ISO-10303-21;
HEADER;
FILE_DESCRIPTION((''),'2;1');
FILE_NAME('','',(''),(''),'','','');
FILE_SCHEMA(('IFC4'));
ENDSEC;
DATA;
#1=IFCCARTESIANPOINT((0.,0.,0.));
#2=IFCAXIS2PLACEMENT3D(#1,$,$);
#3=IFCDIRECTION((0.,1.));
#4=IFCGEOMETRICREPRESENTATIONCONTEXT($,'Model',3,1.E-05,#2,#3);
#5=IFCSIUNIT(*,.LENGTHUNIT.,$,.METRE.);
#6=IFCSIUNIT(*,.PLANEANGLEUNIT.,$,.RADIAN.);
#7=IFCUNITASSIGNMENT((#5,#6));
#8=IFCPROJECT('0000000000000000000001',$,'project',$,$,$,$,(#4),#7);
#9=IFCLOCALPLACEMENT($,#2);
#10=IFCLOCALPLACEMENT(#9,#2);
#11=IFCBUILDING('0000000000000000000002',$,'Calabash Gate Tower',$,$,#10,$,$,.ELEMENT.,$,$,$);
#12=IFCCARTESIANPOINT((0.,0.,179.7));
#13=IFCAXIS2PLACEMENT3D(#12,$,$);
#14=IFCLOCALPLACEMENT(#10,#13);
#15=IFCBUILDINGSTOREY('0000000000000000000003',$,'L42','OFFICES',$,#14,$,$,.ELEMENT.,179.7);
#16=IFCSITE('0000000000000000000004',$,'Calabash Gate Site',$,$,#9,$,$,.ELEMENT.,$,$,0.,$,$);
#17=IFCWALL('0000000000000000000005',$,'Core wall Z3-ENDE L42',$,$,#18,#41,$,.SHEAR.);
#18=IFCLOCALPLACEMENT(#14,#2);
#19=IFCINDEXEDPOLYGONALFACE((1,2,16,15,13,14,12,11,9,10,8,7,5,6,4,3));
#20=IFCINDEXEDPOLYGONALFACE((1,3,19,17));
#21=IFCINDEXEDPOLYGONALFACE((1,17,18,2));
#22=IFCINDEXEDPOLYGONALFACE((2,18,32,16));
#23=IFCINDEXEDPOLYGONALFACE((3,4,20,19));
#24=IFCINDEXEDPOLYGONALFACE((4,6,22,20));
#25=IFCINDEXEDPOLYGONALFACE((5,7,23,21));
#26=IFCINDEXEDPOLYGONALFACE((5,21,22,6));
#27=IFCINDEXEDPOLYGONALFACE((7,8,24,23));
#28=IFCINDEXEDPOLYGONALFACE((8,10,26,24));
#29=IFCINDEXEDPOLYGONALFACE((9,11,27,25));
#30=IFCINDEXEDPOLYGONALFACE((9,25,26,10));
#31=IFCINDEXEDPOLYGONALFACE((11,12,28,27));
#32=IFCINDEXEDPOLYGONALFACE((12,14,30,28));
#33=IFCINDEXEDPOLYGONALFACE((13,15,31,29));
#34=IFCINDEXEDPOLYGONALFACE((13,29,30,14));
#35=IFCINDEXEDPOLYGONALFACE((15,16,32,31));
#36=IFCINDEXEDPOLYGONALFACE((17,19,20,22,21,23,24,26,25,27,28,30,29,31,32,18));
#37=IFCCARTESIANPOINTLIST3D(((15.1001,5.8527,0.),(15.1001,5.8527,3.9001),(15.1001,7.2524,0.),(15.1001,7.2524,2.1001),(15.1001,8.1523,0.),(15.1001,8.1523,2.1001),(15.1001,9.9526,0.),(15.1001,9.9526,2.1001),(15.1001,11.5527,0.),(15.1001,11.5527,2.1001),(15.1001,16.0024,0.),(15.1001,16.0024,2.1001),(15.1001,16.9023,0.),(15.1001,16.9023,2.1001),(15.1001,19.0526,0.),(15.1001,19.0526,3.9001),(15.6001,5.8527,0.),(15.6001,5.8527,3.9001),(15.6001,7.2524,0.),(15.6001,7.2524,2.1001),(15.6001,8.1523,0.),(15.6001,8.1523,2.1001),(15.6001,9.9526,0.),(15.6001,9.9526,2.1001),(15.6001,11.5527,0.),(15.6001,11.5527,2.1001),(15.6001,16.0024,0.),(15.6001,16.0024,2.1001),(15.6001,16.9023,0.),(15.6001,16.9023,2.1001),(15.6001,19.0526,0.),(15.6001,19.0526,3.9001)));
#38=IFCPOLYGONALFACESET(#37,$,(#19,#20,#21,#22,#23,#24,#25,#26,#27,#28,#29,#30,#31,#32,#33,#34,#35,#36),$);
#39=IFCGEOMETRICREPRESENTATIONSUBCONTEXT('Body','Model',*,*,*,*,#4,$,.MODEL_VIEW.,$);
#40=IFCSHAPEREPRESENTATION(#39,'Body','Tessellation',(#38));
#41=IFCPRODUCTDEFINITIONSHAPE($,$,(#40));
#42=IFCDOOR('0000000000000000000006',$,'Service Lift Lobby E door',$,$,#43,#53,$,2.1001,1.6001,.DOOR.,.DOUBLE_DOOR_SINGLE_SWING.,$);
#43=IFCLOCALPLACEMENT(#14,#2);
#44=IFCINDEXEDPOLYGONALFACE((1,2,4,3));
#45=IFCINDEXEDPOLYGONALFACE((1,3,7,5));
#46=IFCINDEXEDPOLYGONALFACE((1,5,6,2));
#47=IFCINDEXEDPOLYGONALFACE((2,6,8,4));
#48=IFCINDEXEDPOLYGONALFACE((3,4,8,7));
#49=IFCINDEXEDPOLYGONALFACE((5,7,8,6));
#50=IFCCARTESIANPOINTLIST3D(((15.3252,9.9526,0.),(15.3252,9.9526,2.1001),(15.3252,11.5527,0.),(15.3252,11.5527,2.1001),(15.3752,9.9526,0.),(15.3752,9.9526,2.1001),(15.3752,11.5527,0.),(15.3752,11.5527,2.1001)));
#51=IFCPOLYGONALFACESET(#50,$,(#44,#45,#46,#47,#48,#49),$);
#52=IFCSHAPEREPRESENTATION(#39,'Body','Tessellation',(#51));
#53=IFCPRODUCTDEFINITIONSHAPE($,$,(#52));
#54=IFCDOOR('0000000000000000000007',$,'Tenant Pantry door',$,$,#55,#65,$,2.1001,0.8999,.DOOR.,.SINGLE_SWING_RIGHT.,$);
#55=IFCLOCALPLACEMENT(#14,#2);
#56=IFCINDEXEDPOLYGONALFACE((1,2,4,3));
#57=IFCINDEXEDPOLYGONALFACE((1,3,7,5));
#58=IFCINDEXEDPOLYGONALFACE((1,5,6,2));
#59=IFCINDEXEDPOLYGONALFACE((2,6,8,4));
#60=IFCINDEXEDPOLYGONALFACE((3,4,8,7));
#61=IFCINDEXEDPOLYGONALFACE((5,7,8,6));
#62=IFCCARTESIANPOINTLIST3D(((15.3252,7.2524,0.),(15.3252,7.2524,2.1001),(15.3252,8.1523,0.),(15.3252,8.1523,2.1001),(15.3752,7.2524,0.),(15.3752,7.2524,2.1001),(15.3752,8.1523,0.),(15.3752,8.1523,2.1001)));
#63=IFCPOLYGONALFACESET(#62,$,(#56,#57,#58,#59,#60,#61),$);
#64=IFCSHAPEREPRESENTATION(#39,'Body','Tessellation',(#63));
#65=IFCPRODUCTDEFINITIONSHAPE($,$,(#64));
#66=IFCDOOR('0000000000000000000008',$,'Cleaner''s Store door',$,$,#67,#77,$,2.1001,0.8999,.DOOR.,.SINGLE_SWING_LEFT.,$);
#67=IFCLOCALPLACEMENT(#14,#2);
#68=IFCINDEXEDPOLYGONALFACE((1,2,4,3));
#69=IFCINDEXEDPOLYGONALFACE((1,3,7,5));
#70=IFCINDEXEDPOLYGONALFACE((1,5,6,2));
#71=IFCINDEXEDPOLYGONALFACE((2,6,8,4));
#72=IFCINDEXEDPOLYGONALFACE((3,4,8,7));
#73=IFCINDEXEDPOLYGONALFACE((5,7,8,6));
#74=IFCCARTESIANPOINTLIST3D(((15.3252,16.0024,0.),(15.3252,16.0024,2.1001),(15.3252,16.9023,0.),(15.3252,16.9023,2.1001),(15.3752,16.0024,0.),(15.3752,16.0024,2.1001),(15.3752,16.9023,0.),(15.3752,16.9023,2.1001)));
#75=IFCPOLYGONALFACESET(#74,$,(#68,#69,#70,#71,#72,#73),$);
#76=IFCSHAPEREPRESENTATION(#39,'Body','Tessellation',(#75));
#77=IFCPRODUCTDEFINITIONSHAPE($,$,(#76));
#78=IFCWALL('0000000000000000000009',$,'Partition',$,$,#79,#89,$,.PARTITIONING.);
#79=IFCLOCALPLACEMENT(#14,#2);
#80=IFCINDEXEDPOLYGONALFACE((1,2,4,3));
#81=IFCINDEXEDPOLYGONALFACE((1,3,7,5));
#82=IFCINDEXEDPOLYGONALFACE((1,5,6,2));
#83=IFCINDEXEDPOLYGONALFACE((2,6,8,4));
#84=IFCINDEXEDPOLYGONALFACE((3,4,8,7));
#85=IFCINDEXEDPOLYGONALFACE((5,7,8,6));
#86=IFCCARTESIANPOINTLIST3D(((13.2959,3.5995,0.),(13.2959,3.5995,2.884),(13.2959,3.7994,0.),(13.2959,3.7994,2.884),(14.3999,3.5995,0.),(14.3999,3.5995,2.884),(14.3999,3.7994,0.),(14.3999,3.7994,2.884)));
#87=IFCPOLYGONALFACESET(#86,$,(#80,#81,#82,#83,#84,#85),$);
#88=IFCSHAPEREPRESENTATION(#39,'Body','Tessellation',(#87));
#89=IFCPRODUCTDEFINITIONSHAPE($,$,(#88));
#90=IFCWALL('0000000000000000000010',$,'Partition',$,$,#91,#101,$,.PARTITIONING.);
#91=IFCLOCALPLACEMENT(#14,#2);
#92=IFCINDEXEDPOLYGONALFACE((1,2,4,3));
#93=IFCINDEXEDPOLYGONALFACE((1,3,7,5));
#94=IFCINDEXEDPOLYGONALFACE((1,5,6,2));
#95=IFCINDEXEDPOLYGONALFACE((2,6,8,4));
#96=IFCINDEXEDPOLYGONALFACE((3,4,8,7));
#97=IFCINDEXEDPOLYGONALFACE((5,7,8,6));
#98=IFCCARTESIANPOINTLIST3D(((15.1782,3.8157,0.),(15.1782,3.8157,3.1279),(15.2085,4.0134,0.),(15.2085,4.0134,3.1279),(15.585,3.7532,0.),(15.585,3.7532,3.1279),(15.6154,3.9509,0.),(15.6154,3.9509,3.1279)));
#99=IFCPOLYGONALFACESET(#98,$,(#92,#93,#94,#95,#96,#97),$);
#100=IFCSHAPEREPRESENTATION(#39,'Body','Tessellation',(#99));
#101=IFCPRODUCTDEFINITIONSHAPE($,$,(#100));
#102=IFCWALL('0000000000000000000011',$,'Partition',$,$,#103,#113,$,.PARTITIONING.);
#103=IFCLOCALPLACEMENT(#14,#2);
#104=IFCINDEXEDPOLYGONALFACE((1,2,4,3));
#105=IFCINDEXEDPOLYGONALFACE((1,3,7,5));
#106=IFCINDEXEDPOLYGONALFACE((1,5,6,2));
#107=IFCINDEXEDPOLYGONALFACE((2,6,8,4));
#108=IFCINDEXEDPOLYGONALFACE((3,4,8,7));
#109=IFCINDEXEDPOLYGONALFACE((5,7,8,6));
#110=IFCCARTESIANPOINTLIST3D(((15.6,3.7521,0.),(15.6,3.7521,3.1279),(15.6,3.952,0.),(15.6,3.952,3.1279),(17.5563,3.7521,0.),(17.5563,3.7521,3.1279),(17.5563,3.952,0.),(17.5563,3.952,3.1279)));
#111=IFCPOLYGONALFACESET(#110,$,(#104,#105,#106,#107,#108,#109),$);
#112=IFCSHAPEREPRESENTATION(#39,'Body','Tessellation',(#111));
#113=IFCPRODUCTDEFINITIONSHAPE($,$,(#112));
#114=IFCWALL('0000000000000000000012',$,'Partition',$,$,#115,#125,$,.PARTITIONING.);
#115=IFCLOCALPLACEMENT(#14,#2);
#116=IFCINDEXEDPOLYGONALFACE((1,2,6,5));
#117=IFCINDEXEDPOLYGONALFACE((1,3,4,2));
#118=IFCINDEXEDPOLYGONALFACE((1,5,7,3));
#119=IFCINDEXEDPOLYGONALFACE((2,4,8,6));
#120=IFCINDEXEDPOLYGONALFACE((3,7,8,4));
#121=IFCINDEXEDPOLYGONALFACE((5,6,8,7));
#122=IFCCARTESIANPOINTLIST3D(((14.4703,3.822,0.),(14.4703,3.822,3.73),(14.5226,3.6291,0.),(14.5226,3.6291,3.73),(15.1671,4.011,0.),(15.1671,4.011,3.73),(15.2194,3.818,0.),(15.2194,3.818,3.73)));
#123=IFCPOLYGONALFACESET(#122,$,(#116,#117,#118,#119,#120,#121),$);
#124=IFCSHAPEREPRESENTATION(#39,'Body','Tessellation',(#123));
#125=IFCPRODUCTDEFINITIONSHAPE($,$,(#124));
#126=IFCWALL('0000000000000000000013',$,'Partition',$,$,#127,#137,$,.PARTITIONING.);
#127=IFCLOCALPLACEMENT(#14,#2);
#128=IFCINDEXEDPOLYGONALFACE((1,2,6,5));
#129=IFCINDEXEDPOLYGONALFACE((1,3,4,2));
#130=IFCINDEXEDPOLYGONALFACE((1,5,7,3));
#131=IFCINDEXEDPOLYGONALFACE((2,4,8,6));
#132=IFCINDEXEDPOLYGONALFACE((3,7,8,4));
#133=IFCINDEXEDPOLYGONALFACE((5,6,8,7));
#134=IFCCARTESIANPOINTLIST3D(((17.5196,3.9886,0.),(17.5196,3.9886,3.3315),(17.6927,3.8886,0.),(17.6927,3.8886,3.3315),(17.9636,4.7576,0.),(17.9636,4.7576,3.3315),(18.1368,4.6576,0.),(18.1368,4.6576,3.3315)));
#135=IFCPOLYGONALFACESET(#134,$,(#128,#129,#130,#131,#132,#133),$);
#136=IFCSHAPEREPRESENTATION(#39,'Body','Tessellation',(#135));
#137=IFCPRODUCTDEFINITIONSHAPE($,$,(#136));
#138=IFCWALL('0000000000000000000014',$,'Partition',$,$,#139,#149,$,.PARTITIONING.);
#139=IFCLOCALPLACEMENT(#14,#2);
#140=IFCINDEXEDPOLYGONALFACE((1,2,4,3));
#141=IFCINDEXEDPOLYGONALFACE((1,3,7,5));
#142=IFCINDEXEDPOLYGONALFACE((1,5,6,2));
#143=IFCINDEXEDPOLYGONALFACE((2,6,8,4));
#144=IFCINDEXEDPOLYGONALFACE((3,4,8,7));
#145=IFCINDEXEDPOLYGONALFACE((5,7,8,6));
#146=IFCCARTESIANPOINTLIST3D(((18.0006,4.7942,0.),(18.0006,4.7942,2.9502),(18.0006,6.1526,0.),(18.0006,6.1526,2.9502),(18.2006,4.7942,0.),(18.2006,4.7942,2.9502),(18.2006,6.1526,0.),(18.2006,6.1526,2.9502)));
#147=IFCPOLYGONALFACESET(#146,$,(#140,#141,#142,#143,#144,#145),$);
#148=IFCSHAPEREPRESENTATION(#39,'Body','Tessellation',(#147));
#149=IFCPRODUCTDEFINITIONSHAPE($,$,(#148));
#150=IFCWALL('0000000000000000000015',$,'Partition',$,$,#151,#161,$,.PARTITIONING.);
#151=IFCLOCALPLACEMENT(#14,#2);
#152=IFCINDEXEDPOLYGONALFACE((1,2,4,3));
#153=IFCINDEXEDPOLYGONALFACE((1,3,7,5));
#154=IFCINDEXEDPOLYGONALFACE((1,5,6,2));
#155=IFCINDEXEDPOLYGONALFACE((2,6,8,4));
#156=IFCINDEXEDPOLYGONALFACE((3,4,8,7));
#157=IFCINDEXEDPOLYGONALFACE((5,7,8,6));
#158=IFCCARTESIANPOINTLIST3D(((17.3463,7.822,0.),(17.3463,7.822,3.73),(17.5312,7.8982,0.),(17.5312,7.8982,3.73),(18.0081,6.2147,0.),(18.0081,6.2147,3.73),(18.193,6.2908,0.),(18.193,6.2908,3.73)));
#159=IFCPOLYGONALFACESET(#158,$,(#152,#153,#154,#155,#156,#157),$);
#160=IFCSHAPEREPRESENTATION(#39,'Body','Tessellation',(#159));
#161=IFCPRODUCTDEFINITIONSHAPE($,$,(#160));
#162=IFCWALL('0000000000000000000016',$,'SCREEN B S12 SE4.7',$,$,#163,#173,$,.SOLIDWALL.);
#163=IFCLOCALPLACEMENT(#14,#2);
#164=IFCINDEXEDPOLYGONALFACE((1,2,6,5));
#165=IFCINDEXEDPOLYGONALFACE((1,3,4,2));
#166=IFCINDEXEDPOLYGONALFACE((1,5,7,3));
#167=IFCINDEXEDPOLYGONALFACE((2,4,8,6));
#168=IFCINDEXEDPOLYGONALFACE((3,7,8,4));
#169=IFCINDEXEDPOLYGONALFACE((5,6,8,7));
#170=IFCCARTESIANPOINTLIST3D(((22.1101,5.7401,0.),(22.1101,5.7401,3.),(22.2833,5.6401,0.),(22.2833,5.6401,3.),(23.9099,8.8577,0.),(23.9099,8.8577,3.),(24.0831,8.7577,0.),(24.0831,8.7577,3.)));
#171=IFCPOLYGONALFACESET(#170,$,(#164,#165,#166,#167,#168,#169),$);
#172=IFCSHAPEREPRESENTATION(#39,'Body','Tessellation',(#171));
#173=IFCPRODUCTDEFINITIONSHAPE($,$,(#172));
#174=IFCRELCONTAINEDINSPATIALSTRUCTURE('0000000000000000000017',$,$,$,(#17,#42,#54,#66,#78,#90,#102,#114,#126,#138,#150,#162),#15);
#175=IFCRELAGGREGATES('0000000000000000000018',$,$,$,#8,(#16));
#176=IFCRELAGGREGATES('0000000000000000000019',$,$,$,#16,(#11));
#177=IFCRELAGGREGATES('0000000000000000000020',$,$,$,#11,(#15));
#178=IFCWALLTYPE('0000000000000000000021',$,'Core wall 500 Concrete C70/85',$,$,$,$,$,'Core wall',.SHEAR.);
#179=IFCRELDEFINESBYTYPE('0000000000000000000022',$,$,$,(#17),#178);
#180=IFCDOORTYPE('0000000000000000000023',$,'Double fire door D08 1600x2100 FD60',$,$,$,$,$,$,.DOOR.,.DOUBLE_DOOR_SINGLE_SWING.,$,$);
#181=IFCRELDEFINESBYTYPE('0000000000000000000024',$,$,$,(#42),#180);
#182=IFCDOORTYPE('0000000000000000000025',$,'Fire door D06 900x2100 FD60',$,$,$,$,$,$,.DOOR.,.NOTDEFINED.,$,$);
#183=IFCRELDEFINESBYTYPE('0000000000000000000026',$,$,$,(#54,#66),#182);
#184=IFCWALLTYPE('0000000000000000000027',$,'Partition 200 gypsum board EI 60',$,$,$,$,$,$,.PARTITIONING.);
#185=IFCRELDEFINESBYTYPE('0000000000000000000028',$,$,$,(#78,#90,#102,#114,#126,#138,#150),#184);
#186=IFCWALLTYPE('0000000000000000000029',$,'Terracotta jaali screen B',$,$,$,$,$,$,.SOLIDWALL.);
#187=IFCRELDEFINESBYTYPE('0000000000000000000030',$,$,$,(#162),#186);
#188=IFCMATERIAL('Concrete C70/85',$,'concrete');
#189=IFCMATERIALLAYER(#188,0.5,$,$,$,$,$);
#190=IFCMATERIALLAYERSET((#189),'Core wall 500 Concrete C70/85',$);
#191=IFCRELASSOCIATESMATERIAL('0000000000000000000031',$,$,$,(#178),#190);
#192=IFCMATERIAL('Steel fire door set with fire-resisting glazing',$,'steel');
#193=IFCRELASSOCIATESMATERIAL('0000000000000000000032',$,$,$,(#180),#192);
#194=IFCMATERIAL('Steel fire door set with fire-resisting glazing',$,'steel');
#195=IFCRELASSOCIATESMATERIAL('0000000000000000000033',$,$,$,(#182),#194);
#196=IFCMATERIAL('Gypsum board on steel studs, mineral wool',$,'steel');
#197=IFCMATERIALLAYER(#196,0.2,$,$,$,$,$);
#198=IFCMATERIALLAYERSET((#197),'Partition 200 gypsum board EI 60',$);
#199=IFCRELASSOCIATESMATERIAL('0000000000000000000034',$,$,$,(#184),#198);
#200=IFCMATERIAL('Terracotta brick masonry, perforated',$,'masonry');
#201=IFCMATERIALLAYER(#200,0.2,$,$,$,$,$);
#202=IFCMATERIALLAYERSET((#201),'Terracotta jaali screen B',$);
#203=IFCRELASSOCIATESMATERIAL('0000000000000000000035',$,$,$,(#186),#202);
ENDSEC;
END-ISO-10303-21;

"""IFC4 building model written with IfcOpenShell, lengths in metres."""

from ifc_helpers import new_model, si_unit, direction, frame, frame_2d, origin, place, context, subcontext, project, spatial, rectangle, extrude, material, layer, layer_set, type_object, element, fill, save


model = new_model("IFC4")

# Units and contexts
model_context = context("Model", 3, precision=1e-05, world=origin(), true_north=direction((0.0, 1.0)))
body_context = subcontext(model_context, "Body", "Model", "MODEL_VIEW")
ifc_project = project(units=[si_unit("LENGTHUNIT", "METRE"), si_unit("PLANEANGLEUNIT", "RADIAN")], contexts=[model_context])

# Site, building, storey
site_placement = place(None, origin())
site = spatial("IfcSite", under=ifc_project, at=site_placement, Name="Calabash Gate Site", CompositionType="ELEMENT", RefElevation=0.0)
building_placement = place(site_placement, origin())
building = spatial("IfcBuilding", under=site, at=building_placement, Name="Calabash Gate Tower", CompositionType="ELEMENT")
storey_placement = place(building_placement, frame((0.0, 0.0, 179.7)))
storey = spatial("IfcBuildingStorey", under=building, at=storey_placement, Name="L42", Description="OFFICES", CompositionType="ELEMENT", Elevation=179.7)

# Shared definitions
ifc_material_1 = material(Name="Concrete C70/85", Category="concrete")
ifc_layer_1 = layer(ifc_material_1, 0.5)
ifc_layer_set_1 = layer_set([ifc_layer_1], Name="Core wall 500 Concrete C70/85")
wall_type_1 = type_object("IfcWallType", Name="Core wall 500 Concrete C70/85", ElementType="Core wall", PredefinedType="SHEAR", material=ifc_layer_set_1)

# Wall, openings, doors
wall_1_placement = place(storey_placement, frame((15.3501, 5.8525, 0.0), z_axis=(0.0, 0.0, 1.0), x_axis=(0.0, 1.0, 0.0)))
wall_1 = element("IfcWall", 1, at=wall_1_placement, inside=storey, type_object=wall_type_1, Name="Core wall Z3-ENDE L42", PredefinedType="SHEAR", context=body_context, shape_type="SweptSolid", body=[
    extrude(rectangle(XDim=13.2, YDim=0.5, at=frame_2d((6.6001, 0.0))), origin(), (0.0, 0.0, 1.0), 3.9001),
])
opening_1_placement = place(wall_1_placement, frame((4.1001, 0.0, 0.0)))
opening_1 = element("IfcOpeningElement", 2, at=opening_1_placement, cuts=wall_1, PredefinedType="OPENING", context=body_context, shape_type="SweptSolid", body=[
    extrude(rectangle(XDim=1.6001, YDim=2.1001, at=frame_2d((0.8, 1.05))), frame((0.0, 0.26, 0.0), z_axis=(0.0, -1.0, 0.0), x_axis=(1.0, 0.0, 0.0)), (0.0, 0.0, 1.0), 0.52),
])
opening_2_placement = place(wall_1_placement, frame((1.3999, 0.0, 0.0)))
opening_2 = element("IfcOpeningElement", 3, at=opening_2_placement, cuts=wall_1, PredefinedType="OPENING", context=body_context, shape_type="SweptSolid", body=[
    extrude(rectangle(XDim=0.8999, YDim=2.1001, at=frame_2d((0.45, 1.05))), frame((0.0, 0.26, 0.0), z_axis=(0.0, -1.0, 0.0), x_axis=(1.0, 0.0, 0.0)), (0.0, 0.0, 1.0), 0.52),
])
opening_3_placement = place(wall_1_placement, frame((10.1499, 0.0, 0.0)))
opening_3 = element("IfcOpeningElement", 4, at=opening_3_placement, cuts=wall_1, PredefinedType="OPENING", context=body_context, shape_type="SweptSolid", body=[
    extrude(rectangle(XDim=0.8999, YDim=2.1001, at=frame_2d((0.45, 1.05))), frame((0.0, 0.26, 0.0), z_axis=(0.0, -1.0, 0.0), x_axis=(1.0, 0.0, 0.0)), (0.0, 0.0, 1.0), 0.52),
])
ifc_material_2 = material(Name="Steel fire door set with fire-resisting glazing", Category="steel")
door_type_1 = type_object("IfcDoorType", Name="Double fire door D08 1600x2100 FD60", OperationType="DOUBLE_DOOR_SINGLE_SWING", PredefinedType="DOOR", material=ifc_material_2)
door_1_placement = place(opening_1_placement, origin())
door_1 = element("IfcDoor", 5, at=door_1_placement, inside=storey, type_object=door_type_1, Name="Service Lift Lobby E door", OperationType="DOUBLE_DOOR_SINGLE_SWING", OverallHeight=2.1001, OverallWidth=1.6001, PredefinedType="DOOR", context=body_context, shape_type="SweptSolid", body=[
    extrude(rectangle(XDim=1.6001, YDim=2.1001, at=frame_2d((0.8, 1.05))), frame((0.0, 0.0249, 0.0), z_axis=(0.0, -1.0, 0.0), x_axis=(1.0, 0.0, 0.0)), (0.0, 0.0, 1.0), 0.05),
])
fill(opening_1, door_1)
ifc_material_3 = material(Name="Steel fire door set with fire-resisting glazing", Category="steel")
door_type_2 = type_object("IfcDoorType", Name="Fire door D06 900x2100 FD60", OperationType="NOTDEFINED", PredefinedType="DOOR", material=ifc_material_3)
door_2_placement = place(opening_2_placement, origin())
door_2 = element("IfcDoor", 6, at=door_2_placement, inside=storey, type_object=door_type_2, Name="Tenant Pantry door", OperationType="SINGLE_SWING_RIGHT", OverallHeight=2.1001, OverallWidth=0.8999, PredefinedType="DOOR", context=body_context, shape_type="SweptSolid", body=[
    extrude(rectangle(XDim=0.8999, YDim=2.1001, at=frame_2d((0.45, 1.05))), frame((0.0, 0.0249, 0.0), z_axis=(0.0, -1.0, 0.0), x_axis=(1.0, 0.0, 0.0)), (0.0, 0.0, 1.0), 0.05),
])
fill(opening_2, door_2)
door_3_placement = place(opening_3_placement, origin())
door_3 = element("IfcDoor", 7, at=door_3_placement, inside=storey, type_object=door_type_2, Name="Cleaner's Store door", OperationType="SINGLE_SWING_LEFT", OverallHeight=2.1001, OverallWidth=0.8999, PredefinedType="DOOR", context=body_context, shape_type="SweptSolid", body=[
    extrude(rectangle(XDim=0.8999, YDim=2.1001, at=frame_2d((0.45, 1.05))), frame((0.0, 0.0249, 0.0), z_axis=(0.0, -1.0, 0.0), x_axis=(1.0, 0.0, 0.0)), (0.0, 0.0, 1.0), 0.05),
])
fill(opening_3, door_3)

# Walls
ifc_material_4 = material(Name="Gypsum board on steel studs, mineral wool", Category="steel")
ifc_layer_2 = layer(ifc_material_4, 0.2)
ifc_layer_set_2 = layer_set([ifc_layer_2], Name="Partition 200 gypsum board EI 60")
wall_type_2 = type_object("IfcWallType", Name="Partition 200 gypsum board EI 60", PredefinedType="PARTITIONING", material=ifc_layer_set_2)
wall_2_placement = place(storey_placement, frame((13.2959, 3.6995, 0.0), z_axis=(0.0, 0.0, 1.0), x_axis=(1.0, 0.0, 0.0)))
element("IfcWall", 8, at=wall_2_placement, inside=storey, type_object=wall_type_2, Name="Partition", PredefinedType="PARTITIONING", context=body_context, shape_type="SweptSolid", body=[
    extrude(rectangle(XDim=1.104, YDim=0.2, at=frame_2d((0.552, 0.0))), origin(), (0.0, 0.0, 1.0), 2.884),
])
wall_3_placement = place(storey_placement, frame((15.1934, 3.9146, 0.0), z_axis=(0.0, 0.0, 1.0), x_axis=(0.988399, -0.151879, 0.0)))
element("IfcWall", 9, at=wall_3_placement, inside=storey, type_object=wall_type_2, Name="Partition", PredefinedType="PARTITIONING", context=body_context, shape_type="SweptSolid", body=[
    extrude(rectangle(XDim=0.4116, YDim=0.2, at=frame_2d((0.2058, 0.0))), origin(), (0.0, 0.0, 1.0), 3.1279),
])
wall_4_placement = place(storey_placement, frame((15.6001, 3.8521, 0.0), z_axis=(0.0, 0.0, 1.0), x_axis=(1.0, 0.0, 0.0)))
element("IfcWall", 10, at=wall_4_placement, inside=storey, type_object=wall_type_2, Name="Partition", PredefinedType="PARTITIONING", context=body_context, shape_type="SweptSolid", body=[
    extrude(rectangle(XDim=1.9563, YDim=0.2, at=frame_2d((0.978, 0.0))), origin(), (0.0, 0.0, 1.0), 3.1279),
])
wall_5_placement = place(storey_placement, frame((14.4966, 3.7256, 0.0), z_axis=(0.0, 0.0, 1.0), x_axis=(0.965137, 0.261744, 0.0)))
element("IfcWall", 11, at=wall_5_placement, inside=storey, type_object=wall_type_2, Name="Partition", PredefinedType="PARTITIONING", context=body_context, shape_type="SweptSolid", body=[
    extrude(rectangle(XDim=0.7219, YDim=0.2, at=frame_2d((0.3608, 0.0))), origin(), (0.0, 0.0, 1.0), 3.73),
])
wall_6_placement = place(storey_placement, frame((17.6062, 3.9387, 0.0), z_axis=(0.0, 0.0, 1.0), x_axis=(0.500071, 0.865984, 0.0)))
element("IfcWall", 12, at=wall_6_placement, inside=storey, type_object=wall_type_2, Name="Partition", PredefinedType="PARTITIONING", context=body_context, shape_type="SweptSolid", body=[
    extrude(rectangle(XDim=0.8879, YDim=0.2, at=frame_2d((0.4438, 0.0))), origin(), (0.0, 0.0, 1.0), 3.3315),
])
wall_7_placement = place(storey_placement, frame((18.1006, 4.7942, 0.0), z_axis=(0.0, 0.0, 1.0), x_axis=(0.0, 1.0, 0.0)))
element("IfcWall", 13, at=wall_7_placement, inside=storey, type_object=wall_type_2, Name="Partition", PredefinedType="PARTITIONING", context=body_context, shape_type="SweptSolid", body=[
    extrude(rectangle(XDim=1.3584, YDim=0.2, at=frame_2d((0.6792, 0.0))), origin(), (0.0, 0.0, 1.0), 2.9502),
])
wall_8_placement = place(storey_placement, frame((17.4387, 7.8601, 0.0), z_axis=(0.0, 0.0, 1.0), x_axis=(0.380743, -0.924681, 0.0)))
element("IfcWall", 14, at=wall_8_placement, inside=storey, type_object=wall_type_2, Name="Partition", PredefinedType="PARTITIONING", context=body_context, shape_type="SweptSolid", body=[
    extrude(rectangle(XDim=1.7383, YDim=0.2, at=frame_2d((0.8691, 0.0))), origin(), (0.0, 0.0, 1.0), 3.73),
])

# Wall
ifc_material_5 = material(Name="Terracotta brick masonry, perforated", Category="masonry")
ifc_layer_3 = layer(ifc_material_5, 0.2)
ifc_layer_set_3 = layer_set([ifc_layer_3], Name="Terracotta jaali screen B")
wall_type_3 = type_object("IfcWallType", Name="Terracotta jaali screen B", PredefinedType="SOLIDWALL", material=ifc_layer_set_3)
wall_9_placement = place(storey_placement, frame((22.1968, 5.6902, 0.0), z_axis=(0.0, 0.0, 1.0), x_axis=(0.499961, 0.866048, 0.0)))
element("IfcWall", 15, at=wall_9_placement, inside=storey, type_object=wall_type_3, Name="SCREEN B S12 SE4.7", PredefinedType="SOLIDWALL", context=body_context, shape_type="SweptSolid", body=[
    extrude(rectangle(XDim=3.5999, YDim=0.2, at=frame_2d((1.7998, 0.0))), origin(), (0.0, 0.0, 1.0), 3.0),
])

save(model, "model.ifc")
